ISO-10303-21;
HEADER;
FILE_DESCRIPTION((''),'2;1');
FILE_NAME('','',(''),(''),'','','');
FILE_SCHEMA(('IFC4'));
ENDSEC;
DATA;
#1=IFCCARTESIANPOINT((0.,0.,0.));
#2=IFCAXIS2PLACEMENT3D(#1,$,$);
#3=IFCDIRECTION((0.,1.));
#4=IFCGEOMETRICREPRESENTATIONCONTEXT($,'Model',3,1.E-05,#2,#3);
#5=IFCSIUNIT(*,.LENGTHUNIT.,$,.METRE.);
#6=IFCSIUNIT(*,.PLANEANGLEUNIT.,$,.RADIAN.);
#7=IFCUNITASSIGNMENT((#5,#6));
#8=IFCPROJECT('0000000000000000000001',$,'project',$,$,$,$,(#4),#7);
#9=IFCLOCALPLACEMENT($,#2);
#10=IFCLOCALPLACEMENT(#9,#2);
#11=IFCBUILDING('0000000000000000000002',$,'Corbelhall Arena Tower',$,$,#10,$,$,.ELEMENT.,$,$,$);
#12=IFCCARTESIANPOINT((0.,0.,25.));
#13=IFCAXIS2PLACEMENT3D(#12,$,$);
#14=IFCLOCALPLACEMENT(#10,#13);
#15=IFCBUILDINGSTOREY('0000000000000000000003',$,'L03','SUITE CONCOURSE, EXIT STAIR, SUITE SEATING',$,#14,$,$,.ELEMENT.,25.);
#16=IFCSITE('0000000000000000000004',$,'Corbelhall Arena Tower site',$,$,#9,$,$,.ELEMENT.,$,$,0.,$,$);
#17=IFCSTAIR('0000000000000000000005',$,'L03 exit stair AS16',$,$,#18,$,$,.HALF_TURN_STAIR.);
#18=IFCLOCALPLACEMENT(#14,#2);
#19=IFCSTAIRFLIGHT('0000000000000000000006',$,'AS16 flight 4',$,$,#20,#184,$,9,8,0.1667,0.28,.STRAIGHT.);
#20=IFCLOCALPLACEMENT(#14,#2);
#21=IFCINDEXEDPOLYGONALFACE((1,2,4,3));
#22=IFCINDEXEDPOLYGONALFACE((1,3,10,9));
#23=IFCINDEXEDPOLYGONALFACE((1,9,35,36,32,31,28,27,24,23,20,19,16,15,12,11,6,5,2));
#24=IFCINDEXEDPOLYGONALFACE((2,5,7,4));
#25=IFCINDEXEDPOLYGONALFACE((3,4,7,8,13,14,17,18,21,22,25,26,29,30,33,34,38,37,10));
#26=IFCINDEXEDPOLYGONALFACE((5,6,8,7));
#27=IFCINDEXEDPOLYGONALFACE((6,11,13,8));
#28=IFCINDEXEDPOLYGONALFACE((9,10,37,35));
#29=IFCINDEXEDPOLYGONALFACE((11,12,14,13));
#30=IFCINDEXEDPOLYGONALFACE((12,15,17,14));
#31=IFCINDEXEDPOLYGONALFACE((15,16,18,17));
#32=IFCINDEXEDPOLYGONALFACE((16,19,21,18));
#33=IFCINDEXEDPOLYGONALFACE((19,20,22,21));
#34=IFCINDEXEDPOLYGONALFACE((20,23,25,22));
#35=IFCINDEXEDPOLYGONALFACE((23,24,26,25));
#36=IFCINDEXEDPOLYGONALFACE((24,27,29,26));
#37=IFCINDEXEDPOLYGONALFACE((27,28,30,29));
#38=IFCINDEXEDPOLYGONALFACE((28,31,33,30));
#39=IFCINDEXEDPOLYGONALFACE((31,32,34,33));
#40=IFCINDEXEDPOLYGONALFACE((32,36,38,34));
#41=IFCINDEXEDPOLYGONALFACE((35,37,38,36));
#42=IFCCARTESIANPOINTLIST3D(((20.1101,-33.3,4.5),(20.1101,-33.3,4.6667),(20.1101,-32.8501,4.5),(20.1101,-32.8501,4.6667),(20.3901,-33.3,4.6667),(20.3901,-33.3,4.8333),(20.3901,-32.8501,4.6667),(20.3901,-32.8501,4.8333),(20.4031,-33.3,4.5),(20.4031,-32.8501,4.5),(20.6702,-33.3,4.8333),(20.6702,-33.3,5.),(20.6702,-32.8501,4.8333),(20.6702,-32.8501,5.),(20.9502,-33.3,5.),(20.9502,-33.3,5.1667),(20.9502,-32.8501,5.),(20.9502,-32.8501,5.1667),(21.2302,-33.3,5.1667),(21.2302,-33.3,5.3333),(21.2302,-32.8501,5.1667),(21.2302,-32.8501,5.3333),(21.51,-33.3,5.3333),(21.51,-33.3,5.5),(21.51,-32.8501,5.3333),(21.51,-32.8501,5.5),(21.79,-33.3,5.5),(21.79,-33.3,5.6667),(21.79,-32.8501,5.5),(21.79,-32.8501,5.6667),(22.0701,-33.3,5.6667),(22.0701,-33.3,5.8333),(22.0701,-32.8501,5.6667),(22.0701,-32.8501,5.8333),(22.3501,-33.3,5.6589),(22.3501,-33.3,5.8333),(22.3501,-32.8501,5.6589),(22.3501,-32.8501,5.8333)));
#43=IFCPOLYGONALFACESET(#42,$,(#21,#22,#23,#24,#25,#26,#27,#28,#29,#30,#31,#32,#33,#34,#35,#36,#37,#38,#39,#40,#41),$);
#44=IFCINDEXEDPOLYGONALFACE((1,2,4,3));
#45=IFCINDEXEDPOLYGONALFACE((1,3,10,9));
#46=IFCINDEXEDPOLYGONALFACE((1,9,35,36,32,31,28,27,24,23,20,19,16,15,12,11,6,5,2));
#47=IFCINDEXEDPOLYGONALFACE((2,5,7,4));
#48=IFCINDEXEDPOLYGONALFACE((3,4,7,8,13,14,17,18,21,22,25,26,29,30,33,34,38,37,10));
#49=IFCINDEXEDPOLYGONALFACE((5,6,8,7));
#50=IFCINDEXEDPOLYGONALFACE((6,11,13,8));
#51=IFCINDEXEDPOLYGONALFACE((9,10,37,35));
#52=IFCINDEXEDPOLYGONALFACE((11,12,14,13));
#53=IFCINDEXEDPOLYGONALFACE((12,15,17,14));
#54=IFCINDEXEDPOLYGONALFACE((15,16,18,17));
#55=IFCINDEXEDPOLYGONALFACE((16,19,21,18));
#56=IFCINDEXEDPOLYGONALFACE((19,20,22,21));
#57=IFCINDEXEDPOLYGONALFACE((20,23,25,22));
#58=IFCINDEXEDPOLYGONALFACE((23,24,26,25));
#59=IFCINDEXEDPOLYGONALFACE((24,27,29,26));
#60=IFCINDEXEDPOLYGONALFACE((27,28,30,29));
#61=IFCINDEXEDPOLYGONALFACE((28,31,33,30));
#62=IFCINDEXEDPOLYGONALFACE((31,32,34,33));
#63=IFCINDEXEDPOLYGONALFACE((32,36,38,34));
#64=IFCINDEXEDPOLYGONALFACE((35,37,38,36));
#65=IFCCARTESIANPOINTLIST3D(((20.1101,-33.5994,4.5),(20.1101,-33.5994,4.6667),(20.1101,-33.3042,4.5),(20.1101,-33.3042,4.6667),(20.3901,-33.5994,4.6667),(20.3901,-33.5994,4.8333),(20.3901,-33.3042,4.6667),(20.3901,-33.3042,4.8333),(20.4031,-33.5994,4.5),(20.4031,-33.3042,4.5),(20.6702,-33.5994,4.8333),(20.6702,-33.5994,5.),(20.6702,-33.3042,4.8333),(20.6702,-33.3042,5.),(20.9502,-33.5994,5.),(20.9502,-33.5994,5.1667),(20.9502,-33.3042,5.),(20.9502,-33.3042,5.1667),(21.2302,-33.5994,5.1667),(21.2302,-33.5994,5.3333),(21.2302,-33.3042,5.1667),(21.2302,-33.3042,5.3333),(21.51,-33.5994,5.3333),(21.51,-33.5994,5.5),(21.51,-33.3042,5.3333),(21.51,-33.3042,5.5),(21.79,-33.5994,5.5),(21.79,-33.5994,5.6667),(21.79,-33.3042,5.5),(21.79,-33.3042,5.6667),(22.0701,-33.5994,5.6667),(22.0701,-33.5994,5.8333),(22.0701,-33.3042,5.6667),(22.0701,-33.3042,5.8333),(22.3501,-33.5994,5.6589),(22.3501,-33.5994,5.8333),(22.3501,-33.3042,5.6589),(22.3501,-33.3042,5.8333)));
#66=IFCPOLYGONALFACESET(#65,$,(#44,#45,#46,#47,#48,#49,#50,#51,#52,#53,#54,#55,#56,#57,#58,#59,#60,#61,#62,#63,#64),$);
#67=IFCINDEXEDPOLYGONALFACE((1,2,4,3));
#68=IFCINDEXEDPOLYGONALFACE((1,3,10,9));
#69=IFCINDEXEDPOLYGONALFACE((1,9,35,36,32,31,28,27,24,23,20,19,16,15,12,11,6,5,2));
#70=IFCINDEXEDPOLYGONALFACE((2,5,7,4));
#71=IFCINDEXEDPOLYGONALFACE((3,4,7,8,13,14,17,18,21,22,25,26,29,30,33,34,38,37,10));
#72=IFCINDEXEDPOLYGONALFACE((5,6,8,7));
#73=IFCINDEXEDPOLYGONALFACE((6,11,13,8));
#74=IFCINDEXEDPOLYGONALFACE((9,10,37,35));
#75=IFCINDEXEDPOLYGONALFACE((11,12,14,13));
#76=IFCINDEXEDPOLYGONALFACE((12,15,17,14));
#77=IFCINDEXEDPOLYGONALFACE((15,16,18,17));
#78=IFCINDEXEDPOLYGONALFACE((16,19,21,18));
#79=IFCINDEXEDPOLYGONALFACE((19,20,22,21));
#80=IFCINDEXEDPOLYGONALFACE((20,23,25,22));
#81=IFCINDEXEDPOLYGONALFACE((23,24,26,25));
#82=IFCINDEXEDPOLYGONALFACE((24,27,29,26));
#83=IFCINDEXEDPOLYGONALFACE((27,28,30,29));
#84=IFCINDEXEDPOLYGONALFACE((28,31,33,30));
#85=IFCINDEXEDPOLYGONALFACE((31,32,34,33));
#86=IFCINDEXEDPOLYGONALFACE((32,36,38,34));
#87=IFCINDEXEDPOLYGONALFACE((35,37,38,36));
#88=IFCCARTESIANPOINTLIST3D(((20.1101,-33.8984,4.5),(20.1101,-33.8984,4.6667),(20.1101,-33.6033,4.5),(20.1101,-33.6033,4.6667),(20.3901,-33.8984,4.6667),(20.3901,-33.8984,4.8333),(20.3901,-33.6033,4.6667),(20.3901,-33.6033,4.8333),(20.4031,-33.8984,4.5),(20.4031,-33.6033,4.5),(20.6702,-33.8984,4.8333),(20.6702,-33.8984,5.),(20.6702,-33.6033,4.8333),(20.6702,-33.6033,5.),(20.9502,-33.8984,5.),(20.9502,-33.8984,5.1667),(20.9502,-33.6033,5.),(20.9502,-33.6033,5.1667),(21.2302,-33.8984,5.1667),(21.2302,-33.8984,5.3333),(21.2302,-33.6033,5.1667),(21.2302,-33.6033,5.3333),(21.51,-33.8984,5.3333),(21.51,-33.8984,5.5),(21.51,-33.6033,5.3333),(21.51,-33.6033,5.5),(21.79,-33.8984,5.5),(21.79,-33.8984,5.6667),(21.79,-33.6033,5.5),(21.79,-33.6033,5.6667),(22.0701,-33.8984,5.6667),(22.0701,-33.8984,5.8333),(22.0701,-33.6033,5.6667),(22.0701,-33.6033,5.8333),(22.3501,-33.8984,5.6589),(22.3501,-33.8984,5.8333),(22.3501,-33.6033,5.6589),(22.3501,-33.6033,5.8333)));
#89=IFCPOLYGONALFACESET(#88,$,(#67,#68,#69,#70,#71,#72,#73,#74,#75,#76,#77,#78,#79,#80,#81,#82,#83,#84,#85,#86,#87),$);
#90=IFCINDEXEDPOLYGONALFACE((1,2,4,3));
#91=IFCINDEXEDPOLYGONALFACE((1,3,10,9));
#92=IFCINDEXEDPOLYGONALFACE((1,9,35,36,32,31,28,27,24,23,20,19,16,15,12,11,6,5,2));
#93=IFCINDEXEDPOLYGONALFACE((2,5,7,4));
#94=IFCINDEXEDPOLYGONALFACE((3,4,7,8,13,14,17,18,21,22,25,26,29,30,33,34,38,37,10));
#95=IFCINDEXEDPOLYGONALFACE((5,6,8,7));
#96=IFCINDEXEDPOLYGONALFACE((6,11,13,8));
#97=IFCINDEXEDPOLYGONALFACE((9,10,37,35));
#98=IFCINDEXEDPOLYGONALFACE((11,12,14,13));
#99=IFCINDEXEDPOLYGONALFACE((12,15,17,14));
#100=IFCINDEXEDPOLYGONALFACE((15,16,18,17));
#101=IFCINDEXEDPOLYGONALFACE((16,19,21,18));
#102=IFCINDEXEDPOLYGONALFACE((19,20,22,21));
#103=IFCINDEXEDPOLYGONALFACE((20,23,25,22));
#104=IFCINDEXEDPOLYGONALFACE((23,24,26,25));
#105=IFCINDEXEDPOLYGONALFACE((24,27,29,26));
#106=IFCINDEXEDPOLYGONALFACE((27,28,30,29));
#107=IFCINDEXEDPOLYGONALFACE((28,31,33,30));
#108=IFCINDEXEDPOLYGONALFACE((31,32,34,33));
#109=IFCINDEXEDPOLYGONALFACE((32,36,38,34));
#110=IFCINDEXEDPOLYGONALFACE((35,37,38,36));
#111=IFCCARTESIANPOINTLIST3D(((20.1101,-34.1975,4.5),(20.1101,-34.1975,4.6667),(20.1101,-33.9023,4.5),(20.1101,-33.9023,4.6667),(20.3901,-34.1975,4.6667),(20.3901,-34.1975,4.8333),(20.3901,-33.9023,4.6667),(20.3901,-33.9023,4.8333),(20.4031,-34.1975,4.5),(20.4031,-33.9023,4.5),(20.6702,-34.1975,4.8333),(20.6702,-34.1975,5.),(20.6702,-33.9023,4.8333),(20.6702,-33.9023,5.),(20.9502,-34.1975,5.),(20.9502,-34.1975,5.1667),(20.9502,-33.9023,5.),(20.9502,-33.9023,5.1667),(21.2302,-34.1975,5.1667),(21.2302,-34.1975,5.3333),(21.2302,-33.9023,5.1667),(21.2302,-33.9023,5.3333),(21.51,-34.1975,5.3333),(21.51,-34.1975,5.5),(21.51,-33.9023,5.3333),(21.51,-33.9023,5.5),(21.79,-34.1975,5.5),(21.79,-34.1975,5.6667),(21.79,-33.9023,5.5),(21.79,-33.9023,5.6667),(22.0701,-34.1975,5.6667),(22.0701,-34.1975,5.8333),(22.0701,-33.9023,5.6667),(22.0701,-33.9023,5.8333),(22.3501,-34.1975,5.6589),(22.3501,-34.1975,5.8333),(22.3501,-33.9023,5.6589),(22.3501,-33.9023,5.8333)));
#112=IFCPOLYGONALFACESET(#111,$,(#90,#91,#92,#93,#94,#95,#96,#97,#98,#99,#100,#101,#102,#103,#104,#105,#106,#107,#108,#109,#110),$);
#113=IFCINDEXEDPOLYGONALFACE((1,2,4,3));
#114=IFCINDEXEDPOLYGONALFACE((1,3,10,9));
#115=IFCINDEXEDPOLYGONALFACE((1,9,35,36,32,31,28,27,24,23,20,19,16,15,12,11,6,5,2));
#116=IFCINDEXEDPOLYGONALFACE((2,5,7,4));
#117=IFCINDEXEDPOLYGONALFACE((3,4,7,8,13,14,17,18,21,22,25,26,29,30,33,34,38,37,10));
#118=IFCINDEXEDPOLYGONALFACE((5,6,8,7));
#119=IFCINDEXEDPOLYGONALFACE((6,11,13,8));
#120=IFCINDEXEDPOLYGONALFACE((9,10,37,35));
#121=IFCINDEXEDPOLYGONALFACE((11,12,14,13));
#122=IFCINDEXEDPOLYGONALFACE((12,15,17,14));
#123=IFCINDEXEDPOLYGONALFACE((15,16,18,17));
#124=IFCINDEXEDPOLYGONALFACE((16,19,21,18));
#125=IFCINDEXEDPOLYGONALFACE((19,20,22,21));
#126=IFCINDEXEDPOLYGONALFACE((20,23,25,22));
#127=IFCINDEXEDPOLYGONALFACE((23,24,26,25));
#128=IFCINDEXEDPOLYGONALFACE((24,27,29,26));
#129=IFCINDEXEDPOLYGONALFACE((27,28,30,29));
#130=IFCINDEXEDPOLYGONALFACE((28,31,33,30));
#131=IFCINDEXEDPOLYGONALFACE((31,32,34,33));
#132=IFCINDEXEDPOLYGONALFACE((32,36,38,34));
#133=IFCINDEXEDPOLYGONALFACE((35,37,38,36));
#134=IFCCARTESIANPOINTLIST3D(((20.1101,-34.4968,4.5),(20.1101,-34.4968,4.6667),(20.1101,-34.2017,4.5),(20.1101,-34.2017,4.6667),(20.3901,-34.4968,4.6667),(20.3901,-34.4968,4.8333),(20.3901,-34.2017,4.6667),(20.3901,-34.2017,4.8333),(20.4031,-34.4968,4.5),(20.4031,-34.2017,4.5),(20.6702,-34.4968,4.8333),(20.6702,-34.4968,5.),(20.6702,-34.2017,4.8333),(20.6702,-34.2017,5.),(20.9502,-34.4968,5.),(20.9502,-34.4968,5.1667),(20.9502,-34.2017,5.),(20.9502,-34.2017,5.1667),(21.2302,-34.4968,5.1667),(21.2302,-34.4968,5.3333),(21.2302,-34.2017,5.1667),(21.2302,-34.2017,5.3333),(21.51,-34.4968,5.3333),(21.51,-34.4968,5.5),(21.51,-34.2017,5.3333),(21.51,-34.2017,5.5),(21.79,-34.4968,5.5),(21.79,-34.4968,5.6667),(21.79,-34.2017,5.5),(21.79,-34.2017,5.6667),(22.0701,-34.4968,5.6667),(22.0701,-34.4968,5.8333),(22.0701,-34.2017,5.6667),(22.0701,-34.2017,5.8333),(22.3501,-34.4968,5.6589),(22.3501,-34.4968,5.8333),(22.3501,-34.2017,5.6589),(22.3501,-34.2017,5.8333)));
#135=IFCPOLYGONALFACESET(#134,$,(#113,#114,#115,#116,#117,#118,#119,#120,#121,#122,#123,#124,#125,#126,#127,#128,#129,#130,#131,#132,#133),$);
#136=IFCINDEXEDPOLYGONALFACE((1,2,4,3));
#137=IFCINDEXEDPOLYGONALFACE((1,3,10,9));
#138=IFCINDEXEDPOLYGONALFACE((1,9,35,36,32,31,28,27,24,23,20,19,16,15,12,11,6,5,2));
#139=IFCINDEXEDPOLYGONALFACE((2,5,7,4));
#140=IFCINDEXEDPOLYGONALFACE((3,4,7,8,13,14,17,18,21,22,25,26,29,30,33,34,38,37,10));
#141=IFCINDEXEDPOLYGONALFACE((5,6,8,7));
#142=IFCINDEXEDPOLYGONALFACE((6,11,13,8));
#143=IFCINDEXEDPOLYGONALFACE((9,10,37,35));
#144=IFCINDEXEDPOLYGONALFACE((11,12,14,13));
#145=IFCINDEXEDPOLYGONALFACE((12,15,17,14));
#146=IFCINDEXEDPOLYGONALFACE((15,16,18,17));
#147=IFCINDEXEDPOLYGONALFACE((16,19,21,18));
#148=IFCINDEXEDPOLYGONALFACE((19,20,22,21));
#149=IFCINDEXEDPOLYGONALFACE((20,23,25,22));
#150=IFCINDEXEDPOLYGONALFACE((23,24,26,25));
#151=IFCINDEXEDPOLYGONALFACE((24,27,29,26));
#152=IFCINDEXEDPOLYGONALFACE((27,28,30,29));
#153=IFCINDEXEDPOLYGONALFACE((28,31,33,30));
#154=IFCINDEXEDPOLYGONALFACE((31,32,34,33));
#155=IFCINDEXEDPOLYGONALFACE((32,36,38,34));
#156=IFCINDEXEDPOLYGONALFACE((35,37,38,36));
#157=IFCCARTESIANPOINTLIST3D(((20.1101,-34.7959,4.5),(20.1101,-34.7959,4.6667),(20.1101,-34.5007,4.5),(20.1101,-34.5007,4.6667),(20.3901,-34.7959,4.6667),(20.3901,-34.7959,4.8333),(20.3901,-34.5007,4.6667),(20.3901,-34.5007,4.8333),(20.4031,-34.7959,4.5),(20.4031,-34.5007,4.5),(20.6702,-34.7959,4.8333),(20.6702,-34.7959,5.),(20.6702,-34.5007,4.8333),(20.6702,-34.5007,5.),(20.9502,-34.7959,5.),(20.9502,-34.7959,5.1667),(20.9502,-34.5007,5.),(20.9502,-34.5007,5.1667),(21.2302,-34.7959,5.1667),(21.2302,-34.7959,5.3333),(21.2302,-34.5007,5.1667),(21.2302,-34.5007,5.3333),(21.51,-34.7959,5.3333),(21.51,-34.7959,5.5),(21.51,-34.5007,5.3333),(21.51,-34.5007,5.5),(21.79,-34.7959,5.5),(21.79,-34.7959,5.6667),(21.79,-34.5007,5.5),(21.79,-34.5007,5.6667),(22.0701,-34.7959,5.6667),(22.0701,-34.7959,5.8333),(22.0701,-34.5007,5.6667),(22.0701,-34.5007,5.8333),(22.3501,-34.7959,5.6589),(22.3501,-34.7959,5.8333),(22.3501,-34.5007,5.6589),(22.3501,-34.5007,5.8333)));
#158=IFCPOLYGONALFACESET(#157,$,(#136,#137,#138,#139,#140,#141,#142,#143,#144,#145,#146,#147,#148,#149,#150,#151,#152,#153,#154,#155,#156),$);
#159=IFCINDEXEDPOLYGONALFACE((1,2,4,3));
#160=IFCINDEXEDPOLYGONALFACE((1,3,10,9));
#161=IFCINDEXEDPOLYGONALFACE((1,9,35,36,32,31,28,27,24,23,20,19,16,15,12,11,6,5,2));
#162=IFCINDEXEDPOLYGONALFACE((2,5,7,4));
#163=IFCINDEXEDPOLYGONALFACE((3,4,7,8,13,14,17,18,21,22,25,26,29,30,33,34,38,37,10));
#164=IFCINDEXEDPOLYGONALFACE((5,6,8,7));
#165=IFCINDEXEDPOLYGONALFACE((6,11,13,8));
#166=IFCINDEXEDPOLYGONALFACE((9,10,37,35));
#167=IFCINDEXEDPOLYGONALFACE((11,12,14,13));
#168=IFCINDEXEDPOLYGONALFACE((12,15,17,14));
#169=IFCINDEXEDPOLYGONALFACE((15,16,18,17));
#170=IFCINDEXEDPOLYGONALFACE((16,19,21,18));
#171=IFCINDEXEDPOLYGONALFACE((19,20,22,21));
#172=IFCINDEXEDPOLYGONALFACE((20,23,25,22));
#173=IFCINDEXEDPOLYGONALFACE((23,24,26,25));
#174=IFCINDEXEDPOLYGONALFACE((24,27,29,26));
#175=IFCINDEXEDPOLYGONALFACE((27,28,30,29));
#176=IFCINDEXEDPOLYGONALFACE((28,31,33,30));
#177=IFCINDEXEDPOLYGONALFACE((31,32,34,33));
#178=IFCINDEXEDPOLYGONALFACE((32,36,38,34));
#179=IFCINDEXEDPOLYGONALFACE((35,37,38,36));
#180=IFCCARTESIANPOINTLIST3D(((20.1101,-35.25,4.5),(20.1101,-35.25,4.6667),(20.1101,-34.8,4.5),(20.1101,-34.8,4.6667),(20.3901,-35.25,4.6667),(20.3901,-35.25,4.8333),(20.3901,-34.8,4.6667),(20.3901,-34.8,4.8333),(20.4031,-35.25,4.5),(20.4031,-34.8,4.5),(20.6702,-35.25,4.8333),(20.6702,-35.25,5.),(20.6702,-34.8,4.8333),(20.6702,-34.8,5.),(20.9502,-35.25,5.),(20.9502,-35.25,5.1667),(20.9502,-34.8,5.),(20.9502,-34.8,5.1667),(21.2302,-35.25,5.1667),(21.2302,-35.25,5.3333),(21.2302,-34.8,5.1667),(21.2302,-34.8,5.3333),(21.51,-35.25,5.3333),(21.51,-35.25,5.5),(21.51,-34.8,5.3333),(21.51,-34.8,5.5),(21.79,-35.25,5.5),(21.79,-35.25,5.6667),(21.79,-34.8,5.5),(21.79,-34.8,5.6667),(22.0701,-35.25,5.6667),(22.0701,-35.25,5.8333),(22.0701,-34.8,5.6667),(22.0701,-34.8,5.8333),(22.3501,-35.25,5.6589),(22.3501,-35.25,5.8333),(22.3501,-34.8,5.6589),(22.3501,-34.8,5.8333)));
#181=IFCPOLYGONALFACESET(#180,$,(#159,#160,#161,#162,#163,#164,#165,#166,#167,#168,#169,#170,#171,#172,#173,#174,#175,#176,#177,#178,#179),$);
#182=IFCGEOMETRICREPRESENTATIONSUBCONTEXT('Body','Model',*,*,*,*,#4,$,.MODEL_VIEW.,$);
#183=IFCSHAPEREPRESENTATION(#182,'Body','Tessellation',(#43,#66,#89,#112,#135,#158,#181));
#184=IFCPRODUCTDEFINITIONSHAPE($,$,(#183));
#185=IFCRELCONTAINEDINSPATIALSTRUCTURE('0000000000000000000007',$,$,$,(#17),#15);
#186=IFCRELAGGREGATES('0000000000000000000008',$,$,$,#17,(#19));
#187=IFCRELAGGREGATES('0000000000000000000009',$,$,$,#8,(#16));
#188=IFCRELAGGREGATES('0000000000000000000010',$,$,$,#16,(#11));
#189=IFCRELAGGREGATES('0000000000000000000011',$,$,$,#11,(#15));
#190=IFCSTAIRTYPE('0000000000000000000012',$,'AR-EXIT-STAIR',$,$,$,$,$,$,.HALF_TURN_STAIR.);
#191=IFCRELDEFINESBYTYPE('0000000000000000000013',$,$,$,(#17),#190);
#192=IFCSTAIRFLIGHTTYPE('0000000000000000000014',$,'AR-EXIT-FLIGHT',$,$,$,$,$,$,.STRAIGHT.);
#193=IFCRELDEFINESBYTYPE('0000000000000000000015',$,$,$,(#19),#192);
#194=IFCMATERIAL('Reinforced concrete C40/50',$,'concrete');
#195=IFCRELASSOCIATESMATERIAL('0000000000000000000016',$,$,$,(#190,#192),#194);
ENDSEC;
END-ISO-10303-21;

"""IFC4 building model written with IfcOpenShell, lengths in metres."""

from ifc_helpers import new_model, si_unit, direction, frame, origin, place, context, subcontext, project, spatial, polyline, outline, extrude, material, type_object, element, aggregate, save


model = new_model("IFC4")

# Units and contexts
model_context = context("Model", 3, precision=1e-05, world=origin(), true_north=direction((0.0, 1.0)))
body_context = subcontext(model_context, "Body", "Model", "MODEL_VIEW")
ifc_project = project(units=[si_unit("LENGTHUNIT", "METRE"), si_unit("PLANEANGLEUNIT", "RADIAN")], contexts=[model_context])

# Site, building, storey
site_placement = place(None, origin())
site = spatial("IfcSite", under=ifc_project, at=site_placement, Name="Corbelhall Arena Tower site", CompositionType="ELEMENT", RefElevation=0.0)
building_placement = place(site_placement, origin())
building = spatial("IfcBuilding", under=site, at=building_placement, Name="Corbelhall Arena Tower", CompositionType="ELEMENT")
storey_placement = place(building_placement, frame((0.0, 0.0, 25.0)))
storey = spatial("IfcBuildingStorey", under=building, at=storey_placement, Name="L03", Description="SUITE CONCOURSE, EXIT STAIR, SUITE SEATING", CompositionType="ELEMENT", Elevation=25.0)

# Shared definitions
ifc_material_1 = material(Name="Reinforced concrete C40/50", Category="concrete")

# Stair, stair flight
stair_type = type_object("IfcStairType", Name="AR-EXIT-STAIR", PredefinedType="HALF_TURN_STAIR", material=ifc_material_1)
stair_placement = place(storey_placement, origin())
stair = element("IfcStair", 1, at=stair_placement, inside=storey, type_object=stair_type, Name="L03 exit stair AS16", PredefinedType="HALF_TURN_STAIR")
stair_flight_type = type_object("IfcStairFlightType", Name="AR-EXIT-FLIGHT", PredefinedType="STRAIGHT", material=ifc_material_1)
stair_flight_1_placement = place(storey_placement, frame((20.1101, -34.05, 4.5), z_axis=(0.0, 0.0, 1.0), x_axis=(1.0, 0.0, 0.0)))
stair_flight_1 = element("IfcStairFlight", 2, at=stair_flight_1_placement, type_object=stair_flight_type, Name="AS16 flight 4", NumberOfRisers=9, NumberOfTreads=8, PredefinedType="STRAIGHT", RiserHeight=0.1667, TreadLength=0.28, context=body_context, shape_type="SweptSolid", body=[
    extrude(outline(polyline([(0.0, 0.0), (0.0, 0.1667), (0.28, 0.1667), (0.28, 0.3333), (0.5601, 0.3333), (0.5601, 0.5), (0.8401, 0.5), (0.8401, 0.6667), (1.1201, 0.6667), (1.1201, 0.8333), (1.3999, 0.8333), (1.3999, 1.0), (1.6799, 1.0), (1.6799, 1.1667), (1.96, 1.1667), (1.96, 1.3333), (2.24, 1.3333), (2.24, 1.5), (2.24, 1.1589), (0.293, 0.0), (0.0, 0.0)])), frame((0.0, 1.2, 0.0), z_axis=(0.0, -1.0, 0.0), x_axis=(1.0, 0.0, 0.0)), (0.0, 0.0, 1.0), 0.45),
    extrude(outline(polyline([(0.0, 0.0), (0.0, 0.1667), (0.28, 0.1667), (0.28, 0.3333), (0.5601, 0.3333), (0.5601, 0.5), (0.8401, 0.5), (0.8401, 0.6667), (1.1201, 0.6667), (1.1201, 0.8333), (1.3999, 0.8333), (1.3999, 1.0), (1.6799, 1.0), (1.6799, 1.1667), (1.96, 1.1667), (1.96, 1.3333), (2.24, 1.3333), (2.24, 1.5), (2.24, 1.1589), (0.293, 0.0), (0.0, 0.0)])), frame((0.0, 0.7458, 0.0), z_axis=(0.0, -1.0, 0.0), x_axis=(1.0, 0.0, 0.0)), (0.0, 0.0, 1.0), 0.2952),
    extrude(outline(polyline([(0.0, 0.0), (0.0, 0.1667), (0.28, 0.1667), (0.28, 0.3333), (0.5601, 0.3333), (0.5601, 0.5), (0.8401, 0.5), (0.8401, 0.6667), (1.1201, 0.6667), (1.1201, 0.8333), (1.3999, 0.8333), (1.3999, 1.0), (1.6799, 1.0), (1.6799, 1.1667), (1.96, 1.1667), (1.96, 1.3333), (2.24, 1.3333), (2.24, 1.5), (2.24, 1.1589), (0.293, 0.0), (0.0, 0.0)])), frame((0.0, 0.4468, 0.0), z_axis=(0.0, -1.0, 0.0), x_axis=(1.0, 0.0, 0.0)), (0.0, 0.0, 1.0), 0.2952),
    extrude(outline(polyline([(0.0, 0.0), (0.0, 0.1667), (0.28, 0.1667), (0.28, 0.3333), (0.5601, 0.3333), (0.5601, 0.5), (0.8401, 0.5), (0.8401, 0.6667), (1.1201, 0.6667), (1.1201, 0.8333), (1.3999, 0.8333), (1.3999, 1.0), (1.6799, 1.0), (1.6799, 1.1667), (1.96, 1.1667), (1.96, 1.3333), (2.24, 1.3333), (2.24, 1.5), (2.24, 1.1589), (0.293, 0.0), (0.0, 0.0)])), frame((0.0, 0.1477, 0.0), z_axis=(0.0, -1.0, 0.0), x_axis=(1.0, 0.0, 0.0)), (0.0, 0.0, 1.0), 0.2952),
    extrude(outline(polyline([(0.0, 0.0), (0.0, 0.1667), (0.28, 0.1667), (0.28, 0.3333), (0.5601, 0.3333), (0.5601, 0.5), (0.8401, 0.5), (0.8401, 0.6667), (1.1201, 0.6667), (1.1201, 0.8333), (1.3999, 0.8333), (1.3999, 1.0), (1.6799, 1.0), (1.6799, 1.1667), (1.96, 1.1667), (1.96, 1.3333), (2.24, 1.3333), (2.24, 1.5), (2.24, 1.1589), (0.293, 0.0), (0.0, 0.0)])), frame((0.0, -0.1516, 0.0), z_axis=(0.0, -1.0, 0.0), x_axis=(1.0, 0.0, 0.0)), (0.0, 0.0, 1.0), 0.2952),
    extrude(outline(polyline([(0.0, 0.0), (0.0, 0.1667), (0.28, 0.1667), (0.28, 0.3333), (0.5601, 0.3333), (0.5601, 0.5), (0.8401, 0.5), (0.8401, 0.6667), (1.1201, 0.6667), (1.1201, 0.8333), (1.3999, 0.8333), (1.3999, 1.0), (1.6799, 1.0), (1.6799, 1.1667), (1.96, 1.1667), (1.96, 1.3333), (2.24, 1.3333), (2.24, 1.5), (2.24, 1.1589), (0.293, 0.0), (0.0, 0.0)])), frame((0.0, -0.4507, 0.0), z_axis=(0.0, -1.0, 0.0), x_axis=(1.0, 0.0, 0.0)), (0.0, 0.0, 1.0), 0.2952),
    extrude(outline(polyline([(0.0, 0.0), (0.0, 0.1667), (0.28, 0.1667), (0.28, 0.3333), (0.5601, 0.3333), (0.5601, 0.5), (0.8401, 0.5), (0.8401, 0.6667), (1.1201, 0.6667), (1.1201, 0.8333), (1.3999, 0.8333), (1.3999, 1.0), (1.6799, 1.0), (1.6799, 1.1667), (1.96, 1.1667), (1.96, 1.3333), (2.24, 1.3333), (2.24, 1.5), (2.24, 1.1589), (0.293, 0.0), (0.0, 0.0)])), frame((0.0, -0.75, 0.0), z_axis=(0.0, -1.0, 0.0), x_axis=(1.0, 0.0, 0.0)), (0.0, 0.0, 1.0), 0.45),
])
aggregate(stair, [stair_flight_1])

save(model, "model.ifc")
